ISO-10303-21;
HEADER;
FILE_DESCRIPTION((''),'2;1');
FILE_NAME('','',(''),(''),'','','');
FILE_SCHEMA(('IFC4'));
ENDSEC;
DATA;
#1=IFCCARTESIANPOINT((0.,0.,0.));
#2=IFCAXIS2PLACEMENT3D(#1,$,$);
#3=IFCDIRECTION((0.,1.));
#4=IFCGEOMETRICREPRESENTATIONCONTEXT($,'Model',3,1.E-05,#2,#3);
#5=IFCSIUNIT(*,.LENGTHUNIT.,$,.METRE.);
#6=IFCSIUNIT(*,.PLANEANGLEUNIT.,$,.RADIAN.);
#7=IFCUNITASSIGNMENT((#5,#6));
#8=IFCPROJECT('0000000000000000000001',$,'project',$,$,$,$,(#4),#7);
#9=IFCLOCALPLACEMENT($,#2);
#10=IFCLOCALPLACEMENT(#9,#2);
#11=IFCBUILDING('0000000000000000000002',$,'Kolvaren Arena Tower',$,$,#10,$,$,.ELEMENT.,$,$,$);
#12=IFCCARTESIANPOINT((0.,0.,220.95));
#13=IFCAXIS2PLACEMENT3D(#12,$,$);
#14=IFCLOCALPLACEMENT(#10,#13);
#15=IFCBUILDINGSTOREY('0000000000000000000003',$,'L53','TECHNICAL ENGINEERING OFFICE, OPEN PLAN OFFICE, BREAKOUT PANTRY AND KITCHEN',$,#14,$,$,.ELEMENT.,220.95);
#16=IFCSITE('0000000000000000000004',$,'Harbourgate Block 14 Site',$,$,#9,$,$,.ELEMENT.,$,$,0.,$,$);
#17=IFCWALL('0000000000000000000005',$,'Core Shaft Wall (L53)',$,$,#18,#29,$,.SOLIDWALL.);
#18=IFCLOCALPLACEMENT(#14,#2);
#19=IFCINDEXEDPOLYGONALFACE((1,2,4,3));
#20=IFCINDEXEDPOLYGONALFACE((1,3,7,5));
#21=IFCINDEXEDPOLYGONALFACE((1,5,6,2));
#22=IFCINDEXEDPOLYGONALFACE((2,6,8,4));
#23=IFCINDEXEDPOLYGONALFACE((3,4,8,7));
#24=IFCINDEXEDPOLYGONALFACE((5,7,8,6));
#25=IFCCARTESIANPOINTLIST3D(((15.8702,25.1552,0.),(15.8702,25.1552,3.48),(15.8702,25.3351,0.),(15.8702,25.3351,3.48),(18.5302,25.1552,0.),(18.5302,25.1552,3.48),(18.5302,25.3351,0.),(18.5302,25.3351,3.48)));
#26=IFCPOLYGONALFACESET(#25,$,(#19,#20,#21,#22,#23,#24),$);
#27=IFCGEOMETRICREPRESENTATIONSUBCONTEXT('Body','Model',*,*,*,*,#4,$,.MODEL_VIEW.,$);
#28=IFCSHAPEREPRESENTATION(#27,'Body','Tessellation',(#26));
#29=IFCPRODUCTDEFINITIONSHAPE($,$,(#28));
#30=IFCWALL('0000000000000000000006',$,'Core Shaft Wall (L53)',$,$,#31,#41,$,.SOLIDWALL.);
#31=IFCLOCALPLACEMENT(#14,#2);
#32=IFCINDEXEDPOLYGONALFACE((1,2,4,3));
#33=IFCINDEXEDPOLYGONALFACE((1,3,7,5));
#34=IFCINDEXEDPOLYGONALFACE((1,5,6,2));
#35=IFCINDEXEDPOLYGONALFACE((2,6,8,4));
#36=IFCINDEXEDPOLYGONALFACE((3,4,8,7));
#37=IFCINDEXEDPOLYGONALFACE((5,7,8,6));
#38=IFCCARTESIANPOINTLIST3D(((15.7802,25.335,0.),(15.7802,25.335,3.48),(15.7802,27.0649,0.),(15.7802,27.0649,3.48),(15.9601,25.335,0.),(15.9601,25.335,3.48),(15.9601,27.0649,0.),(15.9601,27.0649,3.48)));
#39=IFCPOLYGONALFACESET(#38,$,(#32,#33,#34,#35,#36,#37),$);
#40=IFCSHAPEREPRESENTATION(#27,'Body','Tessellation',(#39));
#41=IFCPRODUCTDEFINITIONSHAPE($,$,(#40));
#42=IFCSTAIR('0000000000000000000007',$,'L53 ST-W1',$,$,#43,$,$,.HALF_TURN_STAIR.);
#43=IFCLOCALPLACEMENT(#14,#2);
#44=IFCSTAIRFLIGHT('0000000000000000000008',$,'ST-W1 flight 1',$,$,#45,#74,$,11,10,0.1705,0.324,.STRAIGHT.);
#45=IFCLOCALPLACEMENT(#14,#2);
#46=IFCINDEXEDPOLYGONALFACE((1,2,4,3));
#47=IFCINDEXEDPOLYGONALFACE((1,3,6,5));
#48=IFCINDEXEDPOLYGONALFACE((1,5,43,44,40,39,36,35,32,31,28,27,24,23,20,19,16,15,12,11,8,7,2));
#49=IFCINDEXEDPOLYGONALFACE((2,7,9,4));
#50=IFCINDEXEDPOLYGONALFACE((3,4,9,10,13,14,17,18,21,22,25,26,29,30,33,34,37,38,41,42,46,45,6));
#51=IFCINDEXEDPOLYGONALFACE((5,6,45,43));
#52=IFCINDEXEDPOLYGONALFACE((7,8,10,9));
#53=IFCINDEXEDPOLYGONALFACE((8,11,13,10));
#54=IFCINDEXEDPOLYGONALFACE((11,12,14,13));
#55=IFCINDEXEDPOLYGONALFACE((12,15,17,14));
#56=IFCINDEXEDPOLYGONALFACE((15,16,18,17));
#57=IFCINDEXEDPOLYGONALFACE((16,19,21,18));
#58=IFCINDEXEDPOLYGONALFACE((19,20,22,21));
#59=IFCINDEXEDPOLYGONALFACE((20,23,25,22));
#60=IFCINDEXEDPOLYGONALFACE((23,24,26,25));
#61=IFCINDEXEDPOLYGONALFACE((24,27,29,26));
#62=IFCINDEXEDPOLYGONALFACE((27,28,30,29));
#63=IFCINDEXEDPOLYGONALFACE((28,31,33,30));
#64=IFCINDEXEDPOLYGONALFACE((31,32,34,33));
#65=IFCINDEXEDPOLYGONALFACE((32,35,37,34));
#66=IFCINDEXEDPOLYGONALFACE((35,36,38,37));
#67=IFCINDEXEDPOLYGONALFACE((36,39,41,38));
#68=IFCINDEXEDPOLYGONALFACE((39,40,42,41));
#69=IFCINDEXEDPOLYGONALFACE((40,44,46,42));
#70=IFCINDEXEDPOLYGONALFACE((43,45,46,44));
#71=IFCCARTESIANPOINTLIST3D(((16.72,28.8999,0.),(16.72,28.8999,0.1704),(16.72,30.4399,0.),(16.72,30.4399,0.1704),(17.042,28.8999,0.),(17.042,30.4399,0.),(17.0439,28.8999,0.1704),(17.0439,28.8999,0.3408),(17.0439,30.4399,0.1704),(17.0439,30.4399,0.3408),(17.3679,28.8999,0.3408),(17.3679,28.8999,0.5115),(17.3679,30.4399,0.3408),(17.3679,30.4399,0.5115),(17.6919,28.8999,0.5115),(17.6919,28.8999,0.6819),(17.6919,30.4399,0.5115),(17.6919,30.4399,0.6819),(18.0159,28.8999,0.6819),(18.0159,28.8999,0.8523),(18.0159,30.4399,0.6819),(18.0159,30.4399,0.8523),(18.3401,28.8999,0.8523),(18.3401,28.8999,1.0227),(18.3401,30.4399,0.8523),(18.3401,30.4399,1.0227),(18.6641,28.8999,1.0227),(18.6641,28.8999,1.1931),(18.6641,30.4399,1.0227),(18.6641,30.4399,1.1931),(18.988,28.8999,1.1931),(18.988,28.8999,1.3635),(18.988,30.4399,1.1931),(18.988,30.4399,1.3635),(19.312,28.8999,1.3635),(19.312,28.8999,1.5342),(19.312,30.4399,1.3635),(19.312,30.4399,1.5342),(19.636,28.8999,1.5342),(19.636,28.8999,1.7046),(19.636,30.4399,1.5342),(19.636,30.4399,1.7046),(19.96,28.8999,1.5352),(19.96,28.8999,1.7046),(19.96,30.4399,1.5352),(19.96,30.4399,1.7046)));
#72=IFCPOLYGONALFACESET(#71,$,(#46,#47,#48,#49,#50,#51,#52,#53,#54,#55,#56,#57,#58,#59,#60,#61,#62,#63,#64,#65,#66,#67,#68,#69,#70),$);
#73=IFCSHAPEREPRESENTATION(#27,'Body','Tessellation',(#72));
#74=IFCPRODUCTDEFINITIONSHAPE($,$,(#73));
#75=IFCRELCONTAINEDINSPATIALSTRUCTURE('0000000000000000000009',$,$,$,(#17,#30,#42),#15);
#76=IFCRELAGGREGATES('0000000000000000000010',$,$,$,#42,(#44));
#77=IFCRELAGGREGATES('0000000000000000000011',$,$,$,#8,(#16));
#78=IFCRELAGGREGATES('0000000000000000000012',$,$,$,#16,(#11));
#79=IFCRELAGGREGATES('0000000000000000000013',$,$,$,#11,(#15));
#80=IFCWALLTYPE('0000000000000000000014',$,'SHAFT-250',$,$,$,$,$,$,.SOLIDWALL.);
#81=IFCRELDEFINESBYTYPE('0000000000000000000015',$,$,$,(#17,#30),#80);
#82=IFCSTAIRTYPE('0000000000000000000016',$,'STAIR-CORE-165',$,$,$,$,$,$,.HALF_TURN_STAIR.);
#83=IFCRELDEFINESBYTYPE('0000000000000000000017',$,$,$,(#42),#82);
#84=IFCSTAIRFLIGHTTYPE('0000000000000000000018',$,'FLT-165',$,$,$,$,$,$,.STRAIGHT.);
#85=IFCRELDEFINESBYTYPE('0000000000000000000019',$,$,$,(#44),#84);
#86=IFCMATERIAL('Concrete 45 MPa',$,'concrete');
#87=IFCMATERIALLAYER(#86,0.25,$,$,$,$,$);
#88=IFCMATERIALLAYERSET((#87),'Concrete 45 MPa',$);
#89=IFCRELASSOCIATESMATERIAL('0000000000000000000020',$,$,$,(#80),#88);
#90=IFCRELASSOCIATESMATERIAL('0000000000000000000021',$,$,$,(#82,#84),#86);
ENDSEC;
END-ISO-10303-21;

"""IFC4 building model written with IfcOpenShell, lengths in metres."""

from ifc_helpers import new_model, si_unit, direction, frame, frame_2d, origin, place, context, subcontext, project, spatial, polyline, rectangle, outline, extrude, material, layer, layer_set, type_object, element, aggregate, save


model = new_model("IFC4")

# Units and contexts
model_context = context("Model", 3, precision=1e-05, world=origin(), true_north=direction((0.0, 1.0)))
body_context = subcontext(model_context, "Body", "Model", "MODEL_VIEW")
ifc_project = project(units=[si_unit("LENGTHUNIT", "METRE"), si_unit("PLANEANGLEUNIT", "RADIAN")], contexts=[model_context])

# Site, building, storey
site_placement = place(None, origin())
site = spatial("IfcSite", under=ifc_project, at=site_placement, Name="Harbourgate Block 14 Site", CompositionType="ELEMENT", RefElevation=0.0)
building_placement = place(site_placement, origin())
building = spatial("IfcBuilding", under=site, at=building_placement, Name="Kolvaren Arena Tower", CompositionType="ELEMENT")
storey_placement = place(building_placement, frame((0.0, 0.0, 220.95)))
storey = spatial("IfcBuildingStorey", under=building, at=storey_placement, Name="L53", Description="TECHNICAL ENGINEERING OFFICE, OPEN PLAN OFFICE, BREAKOUT PANTRY AND KITCHEN", CompositionType="ELEMENT", Elevation=220.95)

# Shared definitions
ifc_material_1 = material(Name="Concrete 45 MPa", Category="concrete")
ifc_layer = layer(ifc_material_1, 0.25)
ifc_layer_set = layer_set([ifc_layer], Name="Concrete 45 MPa")
wall_type = type_object("IfcWallType", Name="SHAFT-250", PredefinedType="SOLIDWALL", material=ifc_layer_set)

# Walls
wall_1_placement = place(storey_placement, frame((15.8701, 25.2451, 0.0), z_axis=(0.0, 0.0, 1.0), x_axis=(1.0, 0.0, 0.0)))
element("IfcWall", 1, at=wall_1_placement, inside=storey, type_object=wall_type, Name="Core Shaft Wall (L53)", PredefinedType="SOLIDWALL", context=body_context, shape_type="SweptSolid", body=[
    extrude(rectangle(XDim=2.6599, YDim=0.1799, at=frame_2d((1.3301, 0.0))), origin(), (0.0, 0.0, 1.0), 3.48),
])
wall_2_placement = place(storey_placement, frame((15.8701, 25.335, 0.0), z_axis=(0.0, 0.0, 1.0), x_axis=(0.0, 1.0, 0.0)))
element("IfcWall", 2, at=wall_2_placement, inside=storey, type_object=wall_type, Name="Core Shaft Wall (L53)", PredefinedType="SOLIDWALL", context=body_context, shape_type="SweptSolid", body=[
    extrude(rectangle(XDim=1.73, YDim=0.1799, at=frame_2d((0.865, 0.0))), origin(), (0.0, 0.0, 1.0), 3.48),
])

# Stair, stair flight
stair_type = type_object("IfcStairType", Name="STAIR-CORE-165", PredefinedType="HALF_TURN_STAIR", material=ifc_material_1)
stair_placement = place(storey_placement, origin())
stair = element("IfcStair", 3, at=stair_placement, inside=storey, type_object=stair_type, Name="L53 ST-W1", PredefinedType="HALF_TURN_STAIR")
stair_flight_type = type_object("IfcStairFlightType", Name="FLT-165", PredefinedType="STRAIGHT", material=ifc_material_1)
stair_flight_placement = place(storey_placement, frame((16.72, 29.6699, 0.0), z_axis=(0.0, 0.0, 1.0), x_axis=(1.0, 0.0, 0.0)))
stair_flight = element("IfcStairFlight", 4, at=stair_flight_placement, type_object=stair_flight_type, Name="ST-W1 flight 1", NumberOfRisers=11, NumberOfTreads=10, PredefinedType="STRAIGHT", RiserHeight=0.1705, TreadLength=0.324, context=body_context, shape_type="SweptSolid", body=[
    extrude(outline(polyline([(0.0, 0.0), (0.0, 0.1704), (0.324, 0.1704), (0.324, 0.3408), (0.6479, 0.3408), (0.6479, 0.5115), (0.9719, 0.5115), (0.9719, 0.6819), (1.2959, 0.6819), (1.2959, 0.8523), (1.6201, 0.8523), (1.6201, 1.0227), (1.9441, 1.0227), (1.9441, 1.1931), (2.2681, 1.1931), (2.2681, 1.3635), (2.592, 1.3635), (2.592, 1.5342), (2.916, 1.5342), (2.916, 1.7046), (3.24, 1.7046), (3.24, 1.875), (3.24, 1.5352), (0.322, 0.0), (0.0, 0.0)])), frame((0.0, 0.77, 0.0), z_axis=(0.0, -1.0, 0.0), x_axis=(1.0, 0.0, 0.0)), (0.0, 0.0, 1.0), 1.54),
])
aggregate(stair, [stair_flight])

save(model, "model.ifc")
